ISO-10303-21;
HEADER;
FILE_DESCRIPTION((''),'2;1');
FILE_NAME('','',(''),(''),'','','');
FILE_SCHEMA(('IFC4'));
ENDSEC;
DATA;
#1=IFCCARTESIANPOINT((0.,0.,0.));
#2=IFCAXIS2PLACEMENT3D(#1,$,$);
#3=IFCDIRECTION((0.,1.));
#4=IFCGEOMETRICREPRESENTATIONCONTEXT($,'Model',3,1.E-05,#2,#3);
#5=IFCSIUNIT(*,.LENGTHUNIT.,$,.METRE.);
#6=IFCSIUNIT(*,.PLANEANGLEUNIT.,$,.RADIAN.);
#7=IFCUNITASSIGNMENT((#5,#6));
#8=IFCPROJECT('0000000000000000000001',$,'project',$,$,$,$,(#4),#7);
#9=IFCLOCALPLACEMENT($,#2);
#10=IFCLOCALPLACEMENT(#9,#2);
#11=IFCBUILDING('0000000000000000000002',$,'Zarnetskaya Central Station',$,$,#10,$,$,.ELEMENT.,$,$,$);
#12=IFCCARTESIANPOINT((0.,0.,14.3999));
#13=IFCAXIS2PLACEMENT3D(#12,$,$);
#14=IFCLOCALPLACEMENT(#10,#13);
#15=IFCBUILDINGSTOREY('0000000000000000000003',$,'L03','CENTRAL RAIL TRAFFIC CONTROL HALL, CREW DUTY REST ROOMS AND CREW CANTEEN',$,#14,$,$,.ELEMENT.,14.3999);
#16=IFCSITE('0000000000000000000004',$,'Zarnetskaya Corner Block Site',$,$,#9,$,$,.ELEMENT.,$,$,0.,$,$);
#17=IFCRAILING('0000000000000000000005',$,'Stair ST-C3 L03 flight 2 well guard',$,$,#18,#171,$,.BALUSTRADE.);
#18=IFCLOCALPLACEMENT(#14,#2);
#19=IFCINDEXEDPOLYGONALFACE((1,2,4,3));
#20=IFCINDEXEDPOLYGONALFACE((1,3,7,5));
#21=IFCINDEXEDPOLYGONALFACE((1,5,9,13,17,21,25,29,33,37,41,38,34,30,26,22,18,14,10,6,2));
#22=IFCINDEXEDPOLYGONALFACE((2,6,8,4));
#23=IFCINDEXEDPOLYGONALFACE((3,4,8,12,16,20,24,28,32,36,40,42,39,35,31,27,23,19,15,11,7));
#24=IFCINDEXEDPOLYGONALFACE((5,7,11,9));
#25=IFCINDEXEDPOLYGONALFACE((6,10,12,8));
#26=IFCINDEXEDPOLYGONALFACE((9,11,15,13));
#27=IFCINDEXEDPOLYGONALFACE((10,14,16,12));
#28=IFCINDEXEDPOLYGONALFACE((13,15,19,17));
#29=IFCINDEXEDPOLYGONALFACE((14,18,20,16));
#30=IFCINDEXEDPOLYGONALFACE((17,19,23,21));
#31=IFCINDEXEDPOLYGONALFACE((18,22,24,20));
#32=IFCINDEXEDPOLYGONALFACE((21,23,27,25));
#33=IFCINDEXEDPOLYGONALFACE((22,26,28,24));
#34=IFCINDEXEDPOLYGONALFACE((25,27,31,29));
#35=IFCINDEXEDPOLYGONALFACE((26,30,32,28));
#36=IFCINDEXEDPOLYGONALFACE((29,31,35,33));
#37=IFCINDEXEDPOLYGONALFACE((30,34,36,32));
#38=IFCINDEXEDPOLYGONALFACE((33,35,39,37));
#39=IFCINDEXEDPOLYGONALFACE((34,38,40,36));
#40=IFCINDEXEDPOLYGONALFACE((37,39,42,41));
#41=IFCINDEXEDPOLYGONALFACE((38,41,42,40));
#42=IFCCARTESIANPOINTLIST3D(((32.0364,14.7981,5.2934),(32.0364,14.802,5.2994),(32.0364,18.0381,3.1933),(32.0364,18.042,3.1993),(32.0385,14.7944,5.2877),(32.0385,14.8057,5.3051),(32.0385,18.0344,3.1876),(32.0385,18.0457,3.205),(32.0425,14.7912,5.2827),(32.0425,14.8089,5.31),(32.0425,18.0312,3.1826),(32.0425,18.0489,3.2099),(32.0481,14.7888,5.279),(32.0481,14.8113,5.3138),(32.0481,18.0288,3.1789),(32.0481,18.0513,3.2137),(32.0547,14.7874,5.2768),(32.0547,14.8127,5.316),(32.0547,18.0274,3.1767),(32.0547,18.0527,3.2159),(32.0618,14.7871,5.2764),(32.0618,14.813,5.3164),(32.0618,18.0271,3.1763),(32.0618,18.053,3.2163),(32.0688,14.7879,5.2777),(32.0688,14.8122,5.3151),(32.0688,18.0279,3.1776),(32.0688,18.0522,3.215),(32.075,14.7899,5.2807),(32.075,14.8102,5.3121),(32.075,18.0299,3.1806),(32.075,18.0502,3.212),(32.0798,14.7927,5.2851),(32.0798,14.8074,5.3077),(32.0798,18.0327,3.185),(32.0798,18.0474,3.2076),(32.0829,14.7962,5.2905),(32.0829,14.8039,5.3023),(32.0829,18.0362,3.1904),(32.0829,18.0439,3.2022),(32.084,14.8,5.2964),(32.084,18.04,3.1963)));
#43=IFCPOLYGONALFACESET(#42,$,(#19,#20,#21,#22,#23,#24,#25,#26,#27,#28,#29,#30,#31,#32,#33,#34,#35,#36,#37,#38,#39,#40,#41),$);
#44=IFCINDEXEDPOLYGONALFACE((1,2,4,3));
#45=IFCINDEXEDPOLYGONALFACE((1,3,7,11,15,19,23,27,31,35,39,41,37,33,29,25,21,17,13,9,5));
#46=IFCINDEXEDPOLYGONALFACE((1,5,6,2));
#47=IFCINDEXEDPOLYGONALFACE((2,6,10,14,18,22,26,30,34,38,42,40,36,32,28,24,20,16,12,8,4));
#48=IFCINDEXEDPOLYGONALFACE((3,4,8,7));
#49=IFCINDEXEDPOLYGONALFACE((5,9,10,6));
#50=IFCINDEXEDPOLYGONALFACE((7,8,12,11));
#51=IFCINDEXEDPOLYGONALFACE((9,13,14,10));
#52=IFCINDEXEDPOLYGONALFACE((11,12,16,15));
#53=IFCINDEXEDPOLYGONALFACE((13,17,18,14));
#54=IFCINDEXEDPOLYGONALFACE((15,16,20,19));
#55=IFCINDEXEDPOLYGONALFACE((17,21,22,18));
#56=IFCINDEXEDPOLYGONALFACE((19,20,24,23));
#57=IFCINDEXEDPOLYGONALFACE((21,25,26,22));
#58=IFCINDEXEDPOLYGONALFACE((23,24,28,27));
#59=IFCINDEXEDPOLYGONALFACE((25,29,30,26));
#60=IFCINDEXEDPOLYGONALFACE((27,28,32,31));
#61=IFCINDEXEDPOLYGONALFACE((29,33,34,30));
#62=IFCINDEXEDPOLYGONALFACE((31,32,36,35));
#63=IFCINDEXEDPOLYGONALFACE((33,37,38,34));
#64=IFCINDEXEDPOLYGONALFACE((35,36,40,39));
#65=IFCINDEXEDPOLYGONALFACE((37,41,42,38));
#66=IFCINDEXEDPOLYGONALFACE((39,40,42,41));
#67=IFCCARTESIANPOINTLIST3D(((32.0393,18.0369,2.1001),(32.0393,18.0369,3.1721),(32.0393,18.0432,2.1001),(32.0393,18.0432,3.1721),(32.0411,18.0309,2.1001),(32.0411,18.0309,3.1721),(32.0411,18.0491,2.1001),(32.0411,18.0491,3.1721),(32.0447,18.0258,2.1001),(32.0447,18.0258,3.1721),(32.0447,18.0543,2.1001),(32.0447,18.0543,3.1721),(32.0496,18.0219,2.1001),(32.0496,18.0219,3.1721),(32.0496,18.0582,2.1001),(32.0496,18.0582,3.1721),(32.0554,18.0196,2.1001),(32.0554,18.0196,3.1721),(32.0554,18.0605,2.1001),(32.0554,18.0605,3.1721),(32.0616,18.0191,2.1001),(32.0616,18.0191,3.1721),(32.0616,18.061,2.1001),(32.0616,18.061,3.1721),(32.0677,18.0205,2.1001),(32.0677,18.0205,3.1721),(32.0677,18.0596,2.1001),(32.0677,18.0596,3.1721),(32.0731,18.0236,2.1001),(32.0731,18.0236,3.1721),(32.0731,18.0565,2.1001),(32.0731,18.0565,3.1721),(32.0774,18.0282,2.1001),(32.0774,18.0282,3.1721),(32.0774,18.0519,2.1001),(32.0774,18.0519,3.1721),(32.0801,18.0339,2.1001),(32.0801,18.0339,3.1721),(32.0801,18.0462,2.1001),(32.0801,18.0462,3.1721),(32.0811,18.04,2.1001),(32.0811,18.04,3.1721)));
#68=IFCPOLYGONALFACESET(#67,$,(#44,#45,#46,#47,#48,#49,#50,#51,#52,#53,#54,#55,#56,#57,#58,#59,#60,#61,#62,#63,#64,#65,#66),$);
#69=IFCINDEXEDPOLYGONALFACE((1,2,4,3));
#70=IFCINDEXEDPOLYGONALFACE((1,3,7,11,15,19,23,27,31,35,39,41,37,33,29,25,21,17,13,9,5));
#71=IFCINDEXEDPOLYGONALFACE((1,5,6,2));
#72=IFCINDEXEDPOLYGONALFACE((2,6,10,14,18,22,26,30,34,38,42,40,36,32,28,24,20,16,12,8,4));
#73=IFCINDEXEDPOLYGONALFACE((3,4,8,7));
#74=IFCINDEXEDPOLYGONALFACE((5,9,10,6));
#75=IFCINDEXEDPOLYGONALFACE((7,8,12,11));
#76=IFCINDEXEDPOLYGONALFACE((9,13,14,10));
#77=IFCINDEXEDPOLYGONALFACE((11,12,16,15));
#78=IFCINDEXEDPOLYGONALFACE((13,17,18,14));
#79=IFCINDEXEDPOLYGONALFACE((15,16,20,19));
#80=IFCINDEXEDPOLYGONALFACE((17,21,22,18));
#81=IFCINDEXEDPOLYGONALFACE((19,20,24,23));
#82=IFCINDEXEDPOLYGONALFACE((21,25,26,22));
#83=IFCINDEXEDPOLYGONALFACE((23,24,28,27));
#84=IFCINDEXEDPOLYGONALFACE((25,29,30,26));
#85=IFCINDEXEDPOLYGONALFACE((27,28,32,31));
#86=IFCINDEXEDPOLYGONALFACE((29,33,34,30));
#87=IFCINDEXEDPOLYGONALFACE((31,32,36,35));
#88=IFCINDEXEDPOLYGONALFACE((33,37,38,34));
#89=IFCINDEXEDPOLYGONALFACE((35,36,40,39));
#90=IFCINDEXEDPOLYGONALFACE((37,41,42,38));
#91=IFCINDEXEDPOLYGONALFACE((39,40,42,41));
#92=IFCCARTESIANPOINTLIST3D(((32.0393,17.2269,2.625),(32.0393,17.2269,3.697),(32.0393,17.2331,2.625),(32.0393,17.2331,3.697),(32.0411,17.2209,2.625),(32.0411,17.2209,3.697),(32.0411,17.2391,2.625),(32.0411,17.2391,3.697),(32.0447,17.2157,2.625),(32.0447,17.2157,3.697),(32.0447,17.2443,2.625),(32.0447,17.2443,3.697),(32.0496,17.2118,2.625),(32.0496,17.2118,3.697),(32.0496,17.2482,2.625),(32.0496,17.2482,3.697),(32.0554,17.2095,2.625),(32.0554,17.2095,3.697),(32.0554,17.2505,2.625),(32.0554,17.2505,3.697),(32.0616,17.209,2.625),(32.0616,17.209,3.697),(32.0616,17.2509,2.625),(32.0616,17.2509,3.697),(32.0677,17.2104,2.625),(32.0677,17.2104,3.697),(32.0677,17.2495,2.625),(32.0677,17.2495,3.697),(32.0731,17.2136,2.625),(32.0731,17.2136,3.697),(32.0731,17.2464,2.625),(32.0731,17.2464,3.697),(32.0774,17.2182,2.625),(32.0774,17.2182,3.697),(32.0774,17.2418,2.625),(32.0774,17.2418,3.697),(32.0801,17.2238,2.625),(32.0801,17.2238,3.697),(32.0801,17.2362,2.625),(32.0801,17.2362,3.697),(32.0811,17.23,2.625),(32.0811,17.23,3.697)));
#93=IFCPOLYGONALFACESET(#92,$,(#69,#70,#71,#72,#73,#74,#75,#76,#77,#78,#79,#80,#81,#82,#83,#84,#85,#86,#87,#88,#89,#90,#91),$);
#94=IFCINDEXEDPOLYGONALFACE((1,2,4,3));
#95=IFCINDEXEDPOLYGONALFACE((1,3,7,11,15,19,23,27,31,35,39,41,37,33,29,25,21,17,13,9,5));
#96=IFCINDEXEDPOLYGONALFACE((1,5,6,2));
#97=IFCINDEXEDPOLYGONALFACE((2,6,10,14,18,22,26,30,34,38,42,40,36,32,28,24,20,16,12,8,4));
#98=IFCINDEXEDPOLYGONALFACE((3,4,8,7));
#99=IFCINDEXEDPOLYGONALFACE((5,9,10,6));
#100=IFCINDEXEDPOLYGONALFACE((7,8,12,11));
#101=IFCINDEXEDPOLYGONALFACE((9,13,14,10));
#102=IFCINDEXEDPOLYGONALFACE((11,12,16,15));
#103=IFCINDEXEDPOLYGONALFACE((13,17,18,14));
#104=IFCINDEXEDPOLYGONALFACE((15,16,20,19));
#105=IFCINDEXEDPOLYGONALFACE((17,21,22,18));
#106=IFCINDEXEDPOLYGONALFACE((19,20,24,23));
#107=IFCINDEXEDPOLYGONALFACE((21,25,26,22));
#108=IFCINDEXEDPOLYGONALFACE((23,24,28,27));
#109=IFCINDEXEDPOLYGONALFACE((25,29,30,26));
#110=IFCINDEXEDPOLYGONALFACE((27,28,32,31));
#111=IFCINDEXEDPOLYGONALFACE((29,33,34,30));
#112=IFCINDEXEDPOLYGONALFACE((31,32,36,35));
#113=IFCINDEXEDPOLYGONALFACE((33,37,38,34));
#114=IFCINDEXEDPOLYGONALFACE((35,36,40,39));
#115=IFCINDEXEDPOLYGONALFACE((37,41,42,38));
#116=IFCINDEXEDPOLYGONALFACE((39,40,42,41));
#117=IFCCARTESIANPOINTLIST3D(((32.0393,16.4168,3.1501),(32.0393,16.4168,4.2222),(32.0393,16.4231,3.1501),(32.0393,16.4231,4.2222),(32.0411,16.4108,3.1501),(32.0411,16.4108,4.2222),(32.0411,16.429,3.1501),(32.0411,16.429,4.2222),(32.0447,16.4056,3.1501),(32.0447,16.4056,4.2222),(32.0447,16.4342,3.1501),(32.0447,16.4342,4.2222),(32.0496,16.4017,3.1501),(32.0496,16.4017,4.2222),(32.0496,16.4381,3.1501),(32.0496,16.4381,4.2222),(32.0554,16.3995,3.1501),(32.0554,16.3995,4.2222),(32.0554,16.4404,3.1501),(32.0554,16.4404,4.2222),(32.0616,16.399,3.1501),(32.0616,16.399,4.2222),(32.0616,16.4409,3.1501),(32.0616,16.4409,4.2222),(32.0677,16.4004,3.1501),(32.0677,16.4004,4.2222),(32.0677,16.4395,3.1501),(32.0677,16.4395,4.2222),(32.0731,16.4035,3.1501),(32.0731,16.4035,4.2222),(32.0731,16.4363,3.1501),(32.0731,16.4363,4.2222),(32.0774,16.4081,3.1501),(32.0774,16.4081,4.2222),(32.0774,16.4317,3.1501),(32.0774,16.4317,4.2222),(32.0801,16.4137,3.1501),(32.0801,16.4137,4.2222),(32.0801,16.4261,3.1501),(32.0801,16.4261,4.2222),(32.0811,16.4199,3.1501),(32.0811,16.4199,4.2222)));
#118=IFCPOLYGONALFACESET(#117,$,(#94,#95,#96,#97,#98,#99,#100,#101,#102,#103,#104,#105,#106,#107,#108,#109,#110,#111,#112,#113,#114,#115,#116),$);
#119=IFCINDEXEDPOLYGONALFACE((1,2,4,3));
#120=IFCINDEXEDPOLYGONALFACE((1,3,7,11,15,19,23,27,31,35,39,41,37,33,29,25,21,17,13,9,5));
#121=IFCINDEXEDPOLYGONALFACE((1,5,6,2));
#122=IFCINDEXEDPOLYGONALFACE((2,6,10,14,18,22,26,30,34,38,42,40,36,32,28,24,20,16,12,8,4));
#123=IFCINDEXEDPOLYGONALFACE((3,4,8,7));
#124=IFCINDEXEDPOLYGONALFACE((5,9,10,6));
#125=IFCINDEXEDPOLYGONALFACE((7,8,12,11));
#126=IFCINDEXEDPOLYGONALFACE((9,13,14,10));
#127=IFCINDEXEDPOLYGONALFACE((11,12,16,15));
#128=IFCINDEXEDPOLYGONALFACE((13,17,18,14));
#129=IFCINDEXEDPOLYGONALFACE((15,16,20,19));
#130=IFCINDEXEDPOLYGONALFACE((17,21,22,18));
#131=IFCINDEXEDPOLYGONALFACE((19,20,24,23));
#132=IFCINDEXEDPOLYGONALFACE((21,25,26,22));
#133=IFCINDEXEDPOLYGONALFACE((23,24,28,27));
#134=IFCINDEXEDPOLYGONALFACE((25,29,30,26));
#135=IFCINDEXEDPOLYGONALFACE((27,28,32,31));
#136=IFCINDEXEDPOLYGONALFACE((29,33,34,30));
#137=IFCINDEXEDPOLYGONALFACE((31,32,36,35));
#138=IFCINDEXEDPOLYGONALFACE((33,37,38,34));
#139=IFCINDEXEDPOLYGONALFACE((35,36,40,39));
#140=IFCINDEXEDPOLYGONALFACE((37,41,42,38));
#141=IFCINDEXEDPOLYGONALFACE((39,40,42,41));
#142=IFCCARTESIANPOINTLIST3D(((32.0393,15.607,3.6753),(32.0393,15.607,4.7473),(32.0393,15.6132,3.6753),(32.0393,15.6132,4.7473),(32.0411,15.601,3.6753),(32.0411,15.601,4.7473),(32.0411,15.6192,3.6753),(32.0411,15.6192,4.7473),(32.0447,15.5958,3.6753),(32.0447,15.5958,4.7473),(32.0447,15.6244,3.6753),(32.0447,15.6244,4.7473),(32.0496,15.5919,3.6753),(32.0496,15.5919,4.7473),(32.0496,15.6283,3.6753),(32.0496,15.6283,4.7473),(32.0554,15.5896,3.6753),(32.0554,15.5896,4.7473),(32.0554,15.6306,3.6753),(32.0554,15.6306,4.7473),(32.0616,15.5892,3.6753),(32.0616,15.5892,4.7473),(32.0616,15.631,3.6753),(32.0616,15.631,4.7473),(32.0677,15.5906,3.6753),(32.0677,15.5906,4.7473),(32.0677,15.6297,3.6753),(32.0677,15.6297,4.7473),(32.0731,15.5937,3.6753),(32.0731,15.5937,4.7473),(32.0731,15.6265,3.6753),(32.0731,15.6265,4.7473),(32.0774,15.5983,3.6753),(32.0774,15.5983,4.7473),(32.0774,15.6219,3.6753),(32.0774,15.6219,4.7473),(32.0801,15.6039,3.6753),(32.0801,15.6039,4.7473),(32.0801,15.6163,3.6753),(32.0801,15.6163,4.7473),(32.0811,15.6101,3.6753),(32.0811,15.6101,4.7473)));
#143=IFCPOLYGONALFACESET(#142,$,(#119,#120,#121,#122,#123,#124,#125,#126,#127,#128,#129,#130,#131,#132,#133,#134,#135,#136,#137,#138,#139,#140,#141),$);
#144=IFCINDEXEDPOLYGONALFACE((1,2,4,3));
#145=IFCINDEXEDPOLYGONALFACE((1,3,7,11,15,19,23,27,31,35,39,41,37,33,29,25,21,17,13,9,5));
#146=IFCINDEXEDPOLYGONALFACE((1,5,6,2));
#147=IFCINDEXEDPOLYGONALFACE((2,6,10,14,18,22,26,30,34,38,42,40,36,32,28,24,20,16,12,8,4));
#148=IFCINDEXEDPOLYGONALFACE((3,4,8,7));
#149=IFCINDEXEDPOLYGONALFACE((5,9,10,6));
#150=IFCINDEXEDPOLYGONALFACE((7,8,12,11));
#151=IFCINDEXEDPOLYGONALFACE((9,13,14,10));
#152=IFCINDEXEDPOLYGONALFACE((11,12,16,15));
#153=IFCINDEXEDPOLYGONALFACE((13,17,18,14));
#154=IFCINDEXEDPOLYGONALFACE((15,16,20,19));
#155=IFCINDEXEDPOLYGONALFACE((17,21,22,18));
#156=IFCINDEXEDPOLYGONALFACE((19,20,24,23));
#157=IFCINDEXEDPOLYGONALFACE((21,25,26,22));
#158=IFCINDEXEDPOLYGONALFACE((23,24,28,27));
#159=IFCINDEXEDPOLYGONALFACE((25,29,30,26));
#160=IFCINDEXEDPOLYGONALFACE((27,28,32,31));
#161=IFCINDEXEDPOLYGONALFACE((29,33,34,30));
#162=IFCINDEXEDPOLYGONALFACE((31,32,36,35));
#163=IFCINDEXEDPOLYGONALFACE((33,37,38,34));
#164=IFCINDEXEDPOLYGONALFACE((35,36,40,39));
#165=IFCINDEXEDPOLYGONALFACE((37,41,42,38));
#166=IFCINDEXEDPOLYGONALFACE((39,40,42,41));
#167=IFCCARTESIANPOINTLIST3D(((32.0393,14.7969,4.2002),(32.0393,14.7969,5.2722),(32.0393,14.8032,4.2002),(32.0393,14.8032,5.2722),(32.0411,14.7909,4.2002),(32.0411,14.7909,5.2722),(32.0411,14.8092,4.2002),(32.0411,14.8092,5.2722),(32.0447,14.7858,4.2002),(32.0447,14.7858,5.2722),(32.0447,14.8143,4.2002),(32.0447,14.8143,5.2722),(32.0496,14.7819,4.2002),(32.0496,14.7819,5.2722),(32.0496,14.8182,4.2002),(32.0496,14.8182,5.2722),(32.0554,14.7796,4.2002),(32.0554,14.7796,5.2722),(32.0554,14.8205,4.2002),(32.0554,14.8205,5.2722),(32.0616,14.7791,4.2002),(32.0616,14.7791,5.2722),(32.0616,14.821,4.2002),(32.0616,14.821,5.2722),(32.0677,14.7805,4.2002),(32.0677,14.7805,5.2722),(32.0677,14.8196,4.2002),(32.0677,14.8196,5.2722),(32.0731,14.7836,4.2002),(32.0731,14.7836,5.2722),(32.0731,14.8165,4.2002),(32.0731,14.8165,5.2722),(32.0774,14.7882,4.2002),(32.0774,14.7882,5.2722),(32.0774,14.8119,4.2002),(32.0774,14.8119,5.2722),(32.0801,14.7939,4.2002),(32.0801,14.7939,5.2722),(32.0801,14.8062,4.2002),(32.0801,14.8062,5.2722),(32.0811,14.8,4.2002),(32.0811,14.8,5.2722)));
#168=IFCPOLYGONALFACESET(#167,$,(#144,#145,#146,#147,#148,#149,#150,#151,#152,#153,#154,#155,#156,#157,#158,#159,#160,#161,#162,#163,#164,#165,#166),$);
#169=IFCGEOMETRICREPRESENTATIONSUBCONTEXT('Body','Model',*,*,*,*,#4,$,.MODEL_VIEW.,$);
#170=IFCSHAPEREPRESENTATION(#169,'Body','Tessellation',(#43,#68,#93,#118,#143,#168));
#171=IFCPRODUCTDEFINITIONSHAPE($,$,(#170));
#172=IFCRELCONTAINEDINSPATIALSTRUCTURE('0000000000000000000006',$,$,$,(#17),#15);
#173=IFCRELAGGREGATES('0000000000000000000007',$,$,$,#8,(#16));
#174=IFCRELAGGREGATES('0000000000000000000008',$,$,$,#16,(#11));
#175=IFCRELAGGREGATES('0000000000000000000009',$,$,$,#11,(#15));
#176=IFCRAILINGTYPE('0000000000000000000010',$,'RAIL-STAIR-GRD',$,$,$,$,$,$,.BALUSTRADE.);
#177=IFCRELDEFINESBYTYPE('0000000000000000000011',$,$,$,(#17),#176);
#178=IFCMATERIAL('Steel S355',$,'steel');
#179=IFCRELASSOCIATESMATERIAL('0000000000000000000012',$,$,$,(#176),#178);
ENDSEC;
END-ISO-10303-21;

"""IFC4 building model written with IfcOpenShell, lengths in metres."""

from ifc_helpers import new_model, si_unit, direction, frame, origin, origin_2d, place, context, subcontext, project, spatial, circle, extrude, material, type_object, element, save


model = new_model("IFC4")

# Units and contexts
model_context = context("Model", 3, precision=1e-05, world=origin(), true_north=direction((0.0, 1.0)))
body_context = subcontext(model_context, "Body", "Model", "MODEL_VIEW")
ifc_project = project(units=[si_unit("LENGTHUNIT", "METRE"), si_unit("PLANEANGLEUNIT", "RADIAN")], contexts=[model_context])

# Site, building, storey
site_placement = place(None, origin())
site = spatial("IfcSite", under=ifc_project, at=site_placement, Name="Zarnetskaya Corner Block Site", CompositionType="ELEMENT", RefElevation=0.0)
building_placement = place(site_placement, origin())
building = spatial("IfcBuilding", under=site, at=building_placement, Name="Zarnetskaya Central Station", CompositionType="ELEMENT")
storey_placement = place(building_placement, frame((0.0, 0.0, 14.3999)))
storey = spatial("IfcBuildingStorey", under=building, at=storey_placement, Name="L03", Description="CENTRAL RAIL TRAFFIC CONTROL HALL, CREW DUTY REST ROOMS AND CREW CANTEEN", CompositionType="ELEMENT", Elevation=14.3999)

# Shared definitions
ifc_material_1 = material(Name="Steel S355", Category="steel")

# Railing
railing_type_1 = type_object("IfcRailingType", Name="RAIL-STAIR-GRD", PredefinedType="BALUSTRADE", material=ifc_material_1)
railing_1_placement = place(storey_placement, frame((32.0601, 18.04, 2.1001)))
element("IfcRailing", 1, at=railing_1_placement, inside=storey, type_object=railing_type_1, Name="Stair ST-C3 L03 flight 2 well guard", PredefinedType="BALUSTRADE", context=body_context, shape_type="SweptSolid", body=[
    extrude(circle(Radius=0.0239, at=origin_2d()), frame((0.0, 0.0, 1.0962), z_axis=(0.0, -0.839141, 0.543914), x_axis=(1.0, 0.0, 0.0)), (0.0, 0.0, 1.0), 3.8611),
    extrude(circle(Radius=0.021, at=origin_2d()), origin(), (0.0, 0.0, 1.0), 1.072),
    extrude(circle(Radius=0.021, at=origin_2d()), frame((0.0, -0.8101, 0.5249)), (0.0, 0.0, 1.0), 1.072),
    extrude(circle(Radius=0.021, at=origin_2d()), frame((0.0, -1.6201, 1.05)), (0.0, 0.0, 1.0), 1.072),
    extrude(circle(Radius=0.021, at=origin_2d()), frame((0.0, -2.4299, 1.5752)), (0.0, 0.0, 1.0), 1.072),
    extrude(circle(Radius=0.021, at=origin_2d()), frame((0.0, -3.24, 2.1001)), (0.0, 0.0, 1.0), 1.072),
])

save(model, "model.ifc")
